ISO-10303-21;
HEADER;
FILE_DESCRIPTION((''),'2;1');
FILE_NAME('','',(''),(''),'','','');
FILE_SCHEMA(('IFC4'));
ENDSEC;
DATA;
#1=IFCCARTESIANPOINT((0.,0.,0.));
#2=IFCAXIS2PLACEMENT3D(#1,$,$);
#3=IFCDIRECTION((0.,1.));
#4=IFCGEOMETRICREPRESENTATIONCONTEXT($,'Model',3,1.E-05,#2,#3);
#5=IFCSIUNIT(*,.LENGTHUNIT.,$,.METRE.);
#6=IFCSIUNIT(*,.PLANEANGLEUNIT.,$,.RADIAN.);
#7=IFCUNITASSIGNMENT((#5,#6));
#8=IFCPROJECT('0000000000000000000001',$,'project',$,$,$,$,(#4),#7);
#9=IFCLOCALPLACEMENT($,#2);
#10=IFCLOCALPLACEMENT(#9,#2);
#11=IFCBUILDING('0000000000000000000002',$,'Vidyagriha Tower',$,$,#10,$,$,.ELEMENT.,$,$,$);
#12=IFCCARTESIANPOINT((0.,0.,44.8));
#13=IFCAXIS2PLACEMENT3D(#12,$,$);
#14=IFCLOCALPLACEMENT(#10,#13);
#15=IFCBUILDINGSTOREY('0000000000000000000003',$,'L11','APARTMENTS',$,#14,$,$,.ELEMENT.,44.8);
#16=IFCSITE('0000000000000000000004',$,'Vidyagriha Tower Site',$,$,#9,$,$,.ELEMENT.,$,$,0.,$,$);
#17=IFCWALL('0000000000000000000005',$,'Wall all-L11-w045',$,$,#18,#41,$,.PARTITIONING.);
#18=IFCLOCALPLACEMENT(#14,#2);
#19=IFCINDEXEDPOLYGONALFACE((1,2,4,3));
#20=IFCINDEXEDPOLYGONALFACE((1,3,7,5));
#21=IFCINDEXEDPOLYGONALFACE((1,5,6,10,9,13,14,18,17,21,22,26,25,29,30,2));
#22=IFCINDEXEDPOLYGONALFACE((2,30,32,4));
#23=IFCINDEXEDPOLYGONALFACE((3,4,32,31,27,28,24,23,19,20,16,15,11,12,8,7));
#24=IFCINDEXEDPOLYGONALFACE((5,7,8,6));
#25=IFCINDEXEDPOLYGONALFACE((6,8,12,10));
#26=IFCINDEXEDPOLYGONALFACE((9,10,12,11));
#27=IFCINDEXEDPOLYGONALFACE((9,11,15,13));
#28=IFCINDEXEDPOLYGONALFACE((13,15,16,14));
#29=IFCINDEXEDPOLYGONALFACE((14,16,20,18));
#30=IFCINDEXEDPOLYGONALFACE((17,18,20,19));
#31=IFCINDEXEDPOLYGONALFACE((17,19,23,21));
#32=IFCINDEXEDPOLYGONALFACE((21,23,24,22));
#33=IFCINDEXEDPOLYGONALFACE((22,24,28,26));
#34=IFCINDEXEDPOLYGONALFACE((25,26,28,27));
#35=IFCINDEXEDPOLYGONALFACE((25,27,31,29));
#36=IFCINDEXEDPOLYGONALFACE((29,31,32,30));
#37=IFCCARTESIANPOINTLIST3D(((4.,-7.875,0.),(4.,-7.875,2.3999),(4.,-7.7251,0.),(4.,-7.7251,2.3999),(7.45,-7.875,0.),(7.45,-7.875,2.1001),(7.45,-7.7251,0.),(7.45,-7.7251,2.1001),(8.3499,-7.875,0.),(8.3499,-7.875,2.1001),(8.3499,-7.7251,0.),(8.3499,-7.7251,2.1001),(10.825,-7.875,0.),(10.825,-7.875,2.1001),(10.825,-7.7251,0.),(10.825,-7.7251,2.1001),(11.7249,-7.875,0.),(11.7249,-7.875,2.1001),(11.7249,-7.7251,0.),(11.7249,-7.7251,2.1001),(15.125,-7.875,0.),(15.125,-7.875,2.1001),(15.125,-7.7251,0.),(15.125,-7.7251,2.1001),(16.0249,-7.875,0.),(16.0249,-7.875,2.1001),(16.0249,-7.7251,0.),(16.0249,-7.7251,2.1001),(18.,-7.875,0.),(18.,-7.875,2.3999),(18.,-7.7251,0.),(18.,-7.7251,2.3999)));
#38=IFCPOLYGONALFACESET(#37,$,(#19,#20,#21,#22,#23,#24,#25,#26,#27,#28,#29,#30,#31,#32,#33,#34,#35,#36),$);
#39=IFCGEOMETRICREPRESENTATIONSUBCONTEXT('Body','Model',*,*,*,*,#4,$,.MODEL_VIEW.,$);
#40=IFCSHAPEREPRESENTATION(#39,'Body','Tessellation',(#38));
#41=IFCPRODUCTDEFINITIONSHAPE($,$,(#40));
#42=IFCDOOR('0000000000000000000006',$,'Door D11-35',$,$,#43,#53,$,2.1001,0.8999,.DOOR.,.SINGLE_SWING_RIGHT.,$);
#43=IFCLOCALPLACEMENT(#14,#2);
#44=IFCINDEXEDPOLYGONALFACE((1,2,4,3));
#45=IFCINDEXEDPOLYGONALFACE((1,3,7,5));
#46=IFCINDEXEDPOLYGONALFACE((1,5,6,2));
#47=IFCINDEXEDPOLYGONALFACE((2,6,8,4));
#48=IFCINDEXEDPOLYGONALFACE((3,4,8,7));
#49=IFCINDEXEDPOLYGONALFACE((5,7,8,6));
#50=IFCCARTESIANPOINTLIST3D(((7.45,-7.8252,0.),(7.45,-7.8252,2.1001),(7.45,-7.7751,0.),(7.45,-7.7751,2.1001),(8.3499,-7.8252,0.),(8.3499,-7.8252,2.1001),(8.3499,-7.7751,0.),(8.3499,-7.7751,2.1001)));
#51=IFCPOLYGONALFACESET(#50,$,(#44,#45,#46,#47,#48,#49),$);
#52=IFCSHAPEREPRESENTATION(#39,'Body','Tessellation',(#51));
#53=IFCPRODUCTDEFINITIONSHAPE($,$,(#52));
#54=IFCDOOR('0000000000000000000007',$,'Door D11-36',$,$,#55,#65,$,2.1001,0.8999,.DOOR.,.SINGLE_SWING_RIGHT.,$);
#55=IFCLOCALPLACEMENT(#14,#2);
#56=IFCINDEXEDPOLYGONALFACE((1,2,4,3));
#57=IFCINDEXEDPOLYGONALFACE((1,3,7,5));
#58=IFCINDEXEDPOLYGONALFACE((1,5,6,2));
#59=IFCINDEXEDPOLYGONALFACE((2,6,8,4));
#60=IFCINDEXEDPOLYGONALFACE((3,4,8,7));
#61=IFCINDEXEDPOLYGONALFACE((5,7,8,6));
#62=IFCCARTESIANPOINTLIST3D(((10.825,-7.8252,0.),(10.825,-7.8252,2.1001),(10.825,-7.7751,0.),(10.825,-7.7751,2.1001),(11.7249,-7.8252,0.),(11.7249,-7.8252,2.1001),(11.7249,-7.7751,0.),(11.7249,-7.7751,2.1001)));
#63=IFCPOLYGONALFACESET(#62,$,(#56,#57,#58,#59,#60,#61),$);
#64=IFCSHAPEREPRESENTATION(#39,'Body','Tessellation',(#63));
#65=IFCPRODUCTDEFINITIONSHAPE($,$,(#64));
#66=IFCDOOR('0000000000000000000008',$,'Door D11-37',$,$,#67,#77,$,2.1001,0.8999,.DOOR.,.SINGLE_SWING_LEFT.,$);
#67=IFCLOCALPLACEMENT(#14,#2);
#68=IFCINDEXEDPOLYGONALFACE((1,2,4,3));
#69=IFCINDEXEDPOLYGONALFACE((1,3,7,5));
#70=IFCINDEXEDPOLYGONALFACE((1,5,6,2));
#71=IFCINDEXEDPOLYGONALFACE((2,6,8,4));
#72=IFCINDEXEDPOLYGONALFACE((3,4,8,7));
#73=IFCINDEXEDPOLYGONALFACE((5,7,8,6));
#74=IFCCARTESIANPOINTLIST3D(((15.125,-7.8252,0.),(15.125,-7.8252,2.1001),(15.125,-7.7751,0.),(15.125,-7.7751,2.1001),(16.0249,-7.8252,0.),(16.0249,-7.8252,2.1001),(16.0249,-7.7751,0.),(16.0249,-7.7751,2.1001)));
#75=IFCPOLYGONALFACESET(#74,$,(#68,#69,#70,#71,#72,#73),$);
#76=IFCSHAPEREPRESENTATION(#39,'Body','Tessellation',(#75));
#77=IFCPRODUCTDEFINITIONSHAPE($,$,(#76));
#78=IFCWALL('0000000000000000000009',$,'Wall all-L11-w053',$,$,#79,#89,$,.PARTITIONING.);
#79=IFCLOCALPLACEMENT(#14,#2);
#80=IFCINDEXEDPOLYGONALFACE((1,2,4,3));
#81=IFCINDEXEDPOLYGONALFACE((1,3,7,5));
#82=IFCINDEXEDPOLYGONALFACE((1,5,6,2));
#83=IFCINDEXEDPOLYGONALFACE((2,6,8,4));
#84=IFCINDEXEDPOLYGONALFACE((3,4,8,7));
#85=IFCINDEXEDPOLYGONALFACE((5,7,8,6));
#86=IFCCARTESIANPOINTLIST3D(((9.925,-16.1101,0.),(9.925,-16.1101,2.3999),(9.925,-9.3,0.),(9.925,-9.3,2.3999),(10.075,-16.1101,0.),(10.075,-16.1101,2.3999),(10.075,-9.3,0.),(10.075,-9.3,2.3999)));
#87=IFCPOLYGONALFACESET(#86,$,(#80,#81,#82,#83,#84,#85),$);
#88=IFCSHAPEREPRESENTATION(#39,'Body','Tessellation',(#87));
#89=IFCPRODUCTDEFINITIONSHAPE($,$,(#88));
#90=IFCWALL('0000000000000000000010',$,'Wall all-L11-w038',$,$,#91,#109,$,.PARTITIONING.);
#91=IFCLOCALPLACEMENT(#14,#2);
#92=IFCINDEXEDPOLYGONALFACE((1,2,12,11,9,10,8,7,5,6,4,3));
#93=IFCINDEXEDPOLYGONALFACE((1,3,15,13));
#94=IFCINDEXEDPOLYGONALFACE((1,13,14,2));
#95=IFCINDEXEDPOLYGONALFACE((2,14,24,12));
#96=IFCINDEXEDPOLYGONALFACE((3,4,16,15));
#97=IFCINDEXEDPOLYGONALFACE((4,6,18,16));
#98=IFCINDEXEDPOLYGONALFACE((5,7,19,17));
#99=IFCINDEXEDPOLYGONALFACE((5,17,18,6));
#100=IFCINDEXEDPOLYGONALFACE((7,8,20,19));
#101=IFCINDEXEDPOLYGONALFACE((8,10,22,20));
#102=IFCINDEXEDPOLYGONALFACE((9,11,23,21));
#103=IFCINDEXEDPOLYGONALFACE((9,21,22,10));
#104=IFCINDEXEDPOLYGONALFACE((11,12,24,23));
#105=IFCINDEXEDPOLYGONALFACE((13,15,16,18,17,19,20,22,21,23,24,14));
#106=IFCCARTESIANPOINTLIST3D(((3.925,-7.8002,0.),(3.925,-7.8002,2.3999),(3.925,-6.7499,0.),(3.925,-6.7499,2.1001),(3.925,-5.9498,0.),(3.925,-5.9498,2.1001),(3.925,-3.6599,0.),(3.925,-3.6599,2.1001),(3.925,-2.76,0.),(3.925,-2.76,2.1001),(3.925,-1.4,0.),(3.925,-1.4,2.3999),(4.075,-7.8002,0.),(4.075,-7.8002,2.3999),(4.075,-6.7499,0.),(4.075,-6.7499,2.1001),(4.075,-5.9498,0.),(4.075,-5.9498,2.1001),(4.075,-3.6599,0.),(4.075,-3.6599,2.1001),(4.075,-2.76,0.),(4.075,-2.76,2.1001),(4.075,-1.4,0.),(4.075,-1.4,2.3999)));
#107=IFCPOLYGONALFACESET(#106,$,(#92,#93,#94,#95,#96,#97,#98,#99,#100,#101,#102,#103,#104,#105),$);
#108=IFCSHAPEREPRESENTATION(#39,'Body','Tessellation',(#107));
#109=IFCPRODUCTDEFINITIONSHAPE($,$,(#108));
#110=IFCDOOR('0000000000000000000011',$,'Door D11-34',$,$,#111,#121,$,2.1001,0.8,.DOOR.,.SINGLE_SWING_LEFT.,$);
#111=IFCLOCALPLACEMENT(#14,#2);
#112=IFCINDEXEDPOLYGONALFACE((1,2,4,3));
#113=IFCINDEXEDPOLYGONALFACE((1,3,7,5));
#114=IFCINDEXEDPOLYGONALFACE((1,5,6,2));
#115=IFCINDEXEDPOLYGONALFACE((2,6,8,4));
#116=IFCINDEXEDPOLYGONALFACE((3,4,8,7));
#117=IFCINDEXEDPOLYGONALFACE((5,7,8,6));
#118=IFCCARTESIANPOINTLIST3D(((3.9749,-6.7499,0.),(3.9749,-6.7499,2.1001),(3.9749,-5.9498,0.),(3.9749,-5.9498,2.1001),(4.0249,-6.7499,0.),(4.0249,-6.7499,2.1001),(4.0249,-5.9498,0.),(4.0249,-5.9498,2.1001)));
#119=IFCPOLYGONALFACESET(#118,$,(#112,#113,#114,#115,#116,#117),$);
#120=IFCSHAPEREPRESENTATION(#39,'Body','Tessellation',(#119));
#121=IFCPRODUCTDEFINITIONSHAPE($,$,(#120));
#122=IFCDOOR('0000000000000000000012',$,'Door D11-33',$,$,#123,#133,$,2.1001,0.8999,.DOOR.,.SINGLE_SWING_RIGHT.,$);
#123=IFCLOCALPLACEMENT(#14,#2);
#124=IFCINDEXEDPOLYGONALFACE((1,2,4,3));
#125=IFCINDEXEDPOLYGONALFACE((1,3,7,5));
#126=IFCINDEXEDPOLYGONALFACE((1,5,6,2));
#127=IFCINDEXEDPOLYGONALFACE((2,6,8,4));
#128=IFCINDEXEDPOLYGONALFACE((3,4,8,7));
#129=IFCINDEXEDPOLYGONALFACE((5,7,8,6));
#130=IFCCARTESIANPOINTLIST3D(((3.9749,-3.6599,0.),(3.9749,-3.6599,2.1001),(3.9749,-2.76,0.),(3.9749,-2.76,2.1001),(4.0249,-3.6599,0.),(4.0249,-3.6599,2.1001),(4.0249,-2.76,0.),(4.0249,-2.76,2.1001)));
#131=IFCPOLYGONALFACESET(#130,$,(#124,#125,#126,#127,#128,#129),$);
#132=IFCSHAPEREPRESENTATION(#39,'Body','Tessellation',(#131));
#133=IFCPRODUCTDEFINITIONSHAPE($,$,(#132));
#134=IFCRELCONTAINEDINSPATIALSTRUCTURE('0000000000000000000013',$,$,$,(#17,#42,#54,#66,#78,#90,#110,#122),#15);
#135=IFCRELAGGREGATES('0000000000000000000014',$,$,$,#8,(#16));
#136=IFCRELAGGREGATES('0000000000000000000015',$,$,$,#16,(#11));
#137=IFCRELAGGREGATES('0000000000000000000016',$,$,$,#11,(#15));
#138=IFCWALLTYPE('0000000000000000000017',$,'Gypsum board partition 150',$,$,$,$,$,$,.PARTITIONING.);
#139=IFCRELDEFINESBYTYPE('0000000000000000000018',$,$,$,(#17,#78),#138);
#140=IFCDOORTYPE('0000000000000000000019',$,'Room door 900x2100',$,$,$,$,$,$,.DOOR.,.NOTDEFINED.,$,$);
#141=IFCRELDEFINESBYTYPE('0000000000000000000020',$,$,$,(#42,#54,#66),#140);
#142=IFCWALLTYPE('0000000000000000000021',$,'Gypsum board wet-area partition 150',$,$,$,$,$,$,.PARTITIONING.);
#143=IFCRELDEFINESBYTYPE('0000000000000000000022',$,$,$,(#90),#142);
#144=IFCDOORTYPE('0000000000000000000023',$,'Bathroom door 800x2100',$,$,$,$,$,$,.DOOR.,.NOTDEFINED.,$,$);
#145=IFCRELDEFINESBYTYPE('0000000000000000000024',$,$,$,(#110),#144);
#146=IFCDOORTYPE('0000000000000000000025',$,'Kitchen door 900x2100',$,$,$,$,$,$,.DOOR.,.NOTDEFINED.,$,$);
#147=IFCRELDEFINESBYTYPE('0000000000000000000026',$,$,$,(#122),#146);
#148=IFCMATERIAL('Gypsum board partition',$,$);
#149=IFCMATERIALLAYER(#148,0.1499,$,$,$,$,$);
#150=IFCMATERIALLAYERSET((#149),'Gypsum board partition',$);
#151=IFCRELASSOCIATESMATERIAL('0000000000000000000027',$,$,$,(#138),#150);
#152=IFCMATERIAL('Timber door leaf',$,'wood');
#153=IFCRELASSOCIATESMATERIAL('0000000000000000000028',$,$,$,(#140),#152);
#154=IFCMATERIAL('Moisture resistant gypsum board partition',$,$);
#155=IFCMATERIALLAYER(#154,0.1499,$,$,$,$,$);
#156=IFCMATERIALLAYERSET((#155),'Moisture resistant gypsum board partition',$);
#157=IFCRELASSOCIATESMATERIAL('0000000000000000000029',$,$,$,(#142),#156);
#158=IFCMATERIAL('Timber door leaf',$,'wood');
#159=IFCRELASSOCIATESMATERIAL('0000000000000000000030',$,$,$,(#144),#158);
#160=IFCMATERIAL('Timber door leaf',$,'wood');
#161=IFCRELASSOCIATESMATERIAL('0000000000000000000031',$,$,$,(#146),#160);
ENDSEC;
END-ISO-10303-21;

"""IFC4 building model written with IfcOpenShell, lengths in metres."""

from ifc_helpers import new_model, si_unit, direction, frame, frame_2d, origin, place, context, subcontext, project, spatial, rectangle, extrude, material, layer, layer_set, type_object, element, fill, save


model = new_model("IFC4")

# Units and contexts
model_context = context("Model", 3, precision=1e-05, world=origin(), true_north=direction((0.0, 1.0)))
body_context = subcontext(model_context, "Body", "Model", "MODEL_VIEW")
ifc_project = project(units=[si_unit("LENGTHUNIT", "METRE"), si_unit("PLANEANGLEUNIT", "RADIAN")], contexts=[model_context])

# Site, building, storey
site_placement = place(None, origin())
site = spatial("IfcSite", under=ifc_project, at=site_placement, Name="Vidyagriha Tower Site", CompositionType="ELEMENT", RefElevation=0.0)
building_placement = place(site_placement, origin())
building = spatial("IfcBuilding", under=site, at=building_placement, Name="Vidyagriha Tower", CompositionType="ELEMENT")
storey_placement = place(building_placement, frame((0.0, 0.0, 44.8)))
storey = spatial("IfcBuildingStorey", under=building, at=storey_placement, Name="L11", Description="APARTMENTS", CompositionType="ELEMENT", Elevation=44.8)

# Shared definitions
ifc_material_1 = material(Name="Gypsum board partition")
ifc_layer_1 = layer(ifc_material_1, 0.1499)
ifc_layer_set_1 = layer_set([ifc_layer_1], Name="Gypsum board partition")
wall_type_1 = type_object("IfcWallType", Name="Gypsum board partition 150", PredefinedType="PARTITIONING", material=ifc_layer_set_1)

# Shared definitions
ifc_material_2 = material(Name="Timber door leaf", Category="wood")
door_type_1 = type_object("IfcDoorType", Name="Room door 900x2100", OperationType="NOTDEFINED", PredefinedType="DOOR", material=ifc_material_2)

# Wall, openings, doors
wall_1_placement = place(storey_placement, frame((4.0, -7.8, 0.0)))
wall_1 = element("IfcWall", 1, at=wall_1_placement, inside=storey, type_object=wall_type_1, Name="Wall all-L11-w045", PredefinedType="PARTITIONING", context=body_context, shape_type="SweptSolid", body=[
    extrude(rectangle(XDim=14.0, YDim=0.1499, at=frame_2d((7.0, 0.0))), origin(), (0.0, 0.0, 1.0), 2.3999),
])
opening_1_placement = place(wall_1_placement, frame((3.45, 0.0, 0.0)))
opening_1 = element("IfcOpeningElement", 2, at=opening_1_placement, cuts=wall_1, PredefinedType="OPENING", context=body_context, shape_type="SweptSolid", body=[
    extrude(rectangle(XDim=0.8999, YDim=2.1001, at=frame_2d((0.45, 1.05))), frame((0.0, 0.085, 0.0), z_axis=(0.0, -1.0, 0.0), x_axis=(1.0, 0.0, 0.0)), (0.0, 0.0, 1.0), 0.1699),
])
opening_2_placement = place(wall_1_placement, frame((6.825, 0.0, 0.0)))
opening_2 = element("IfcOpeningElement", 3, at=opening_2_placement, cuts=wall_1, PredefinedType="OPENING", context=body_context, shape_type="SweptSolid", body=[
    extrude(rectangle(XDim=0.8999, YDim=2.1001, at=frame_2d((0.45, 1.05))), frame((0.0, 0.085, 0.0), z_axis=(0.0, -1.0, 0.0), x_axis=(1.0, 0.0, 0.0)), (0.0, 0.0, 1.0), 0.1699),
])
opening_3_placement = place(wall_1_placement, frame((11.125, 0.0, 0.0)))
opening_3 = element("IfcOpeningElement", 4, at=opening_3_placement, cuts=wall_1, PredefinedType="OPENING", context=body_context, shape_type="SweptSolid", body=[
    extrude(rectangle(XDim=0.8999, YDim=2.1001, at=frame_2d((0.45, 1.05))), frame((0.0, 0.085, 0.0), z_axis=(0.0, -1.0, 0.0), x_axis=(1.0, 0.0, 0.0)), (0.0, 0.0, 1.0), 0.1699),
])
door_1_placement = place(opening_1_placement, origin())
door_1 = element("IfcDoor", 5, at=door_1_placement, inside=storey, type_object=door_type_1, Name="Door D11-35", OperationType="SINGLE_SWING_RIGHT", OverallHeight=2.1001, OverallWidth=0.8999, PredefinedType="DOOR", context=body_context, shape_type="SweptSolid", body=[
    extrude(rectangle(XDim=0.8999, YDim=2.1001, at=frame_2d((0.45, 1.05))), frame((0.0, 0.0249, 0.0), z_axis=(0.0, -1.0, 0.0), x_axis=(1.0, 0.0, 0.0)), (0.0, 0.0, 1.0), 0.05),
])
fill(opening_1, door_1)
door_2_placement = place(opening_2_placement, origin())
door_2 = element("IfcDoor", 6, at=door_2_placement, inside=storey, type_object=door_type_1, Name="Door D11-36", OperationType="SINGLE_SWING_RIGHT", OverallHeight=2.1001, OverallWidth=0.8999, PredefinedType="DOOR", context=body_context, shape_type="SweptSolid", body=[
    extrude(rectangle(XDim=0.8999, YDim=2.1001, at=frame_2d((0.45, 1.05))), frame((0.0, 0.0249, 0.0), z_axis=(0.0, -1.0, 0.0), x_axis=(1.0, 0.0, 0.0)), (0.0, 0.0, 1.0), 0.05),
])
fill(opening_2, door_2)
door_3_placement = place(opening_3_placement, origin())
door_3 = element("IfcDoor", 7, at=door_3_placement, inside=storey, type_object=door_type_1, Name="Door D11-37", OperationType="SINGLE_SWING_LEFT", OverallHeight=2.1001, OverallWidth=0.8999, PredefinedType="DOOR", context=body_context, shape_type="SweptSolid", body=[
    extrude(rectangle(XDim=0.8999, YDim=2.1001, at=frame_2d((0.45, 1.05))), frame((0.0, 0.0249, 0.0), z_axis=(0.0, -1.0, 0.0), x_axis=(1.0, 0.0, 0.0)), (0.0, 0.0, 1.0), 0.05),
])
fill(opening_3, door_3)

# Wall
wall_2_placement = place(storey_placement, frame((10.0, -9.3, 0.0), z_axis=(0.0, 0.0, 1.0), x_axis=(0.0, -1.0, 0.0)))
element("IfcWall", 8, at=wall_2_placement, inside=storey, type_object=wall_type_1, Name="Wall all-L11-w053", PredefinedType="PARTITIONING", context=body_context, shape_type="SweptSolid", body=[
    extrude(rectangle(XDim=6.8101, YDim=0.1499, at=frame_2d((3.405, 0.0))), origin(), (0.0, 0.0, 1.0), 2.3999),
])

# Wall, openings, doors
ifc_material_3 = material(Name="Moisture resistant gypsum board partition")
ifc_layer_2 = layer(ifc_material_3, 0.1499)
ifc_layer_set_2 = layer_set([ifc_layer_2], Name="Moisture resistant gypsum board partition")
wall_type_2 = type_object("IfcWallType", Name="Gypsum board wet-area partition 150", PredefinedType="PARTITIONING", material=ifc_layer_set_2)
wall_3_placement = place(storey_placement, frame((4.0, -1.3999, 0.0), z_axis=(0.0, 0.0, 1.0), x_axis=(0.0, -1.0, 0.0)))
wall_3 = element("IfcWall", 9, at=wall_3_placement, inside=storey, type_object=wall_type_2, Name="Wall all-L11-w038", PredefinedType="PARTITIONING", context=body_context, shape_type="SweptSolid", body=[
    extrude(rectangle(XDim=6.4001, YDim=0.1499, at=frame_2d((3.2002, 0.0))), origin(), (0.0, 0.0, 1.0), 2.3999),
])
opening_4_placement = place(wall_3_placement, frame((1.3601, 0.0, 0.0)))
opening_4 = element("IfcOpeningElement", 10, at=opening_4_placement, cuts=wall_3, PredefinedType="OPENING", context=body_context, shape_type="SweptSolid", body=[
    extrude(rectangle(XDim=0.8999, YDim=2.1001, at=frame_2d((0.45, 1.05))), frame((0.0, 0.085, 0.0), z_axis=(0.0, -1.0, 0.0), x_axis=(1.0, 0.0, 0.0)), (0.0, 0.0, 1.0), 0.1699),
])
opening_5_placement = place(wall_3_placement, frame((4.55, 0.0, 0.0)))
opening_5 = element("IfcOpeningElement", 11, at=opening_5_placement, cuts=wall_3, PredefinedType="OPENING", context=body_context, shape_type="SweptSolid", body=[
    extrude(rectangle(XDim=0.8, YDim=2.1001, at=frame_2d((0.3999, 1.05))), frame((0.0, 0.085, 0.0), z_axis=(0.0, -1.0, 0.0), x_axis=(1.0, 0.0, 0.0)), (0.0, 0.0, 1.0), 0.1699),
])
ifc_material_4 = material(Name="Timber door leaf", Category="wood")
door_type_2 = type_object("IfcDoorType", Name="Bathroom door 800x2100", OperationType="NOTDEFINED", PredefinedType="DOOR", material=ifc_material_4)
door_4_placement = place(opening_5_placement, origin())
door_4 = element("IfcDoor", 12, at=door_4_placement, inside=storey, type_object=door_type_2, Name="Door D11-34", OperationType="SINGLE_SWING_LEFT", OverallHeight=2.1001, OverallWidth=0.8, PredefinedType="DOOR", context=body_context, shape_type="SweptSolid", body=[
    extrude(rectangle(XDim=0.8, YDim=2.1001, at=frame_2d((0.3999, 1.05))), frame((0.0, 0.0249, 0.0), z_axis=(0.0, -1.0, 0.0), x_axis=(1.0, 0.0, 0.0)), (0.0, 0.0, 1.0), 0.05),
])
fill(opening_5, door_4)
ifc_material_5 = material(Name="Timber door leaf", Category="wood")
door_type_3 = type_object("IfcDoorType", Name="Kitchen door 900x2100", OperationType="NOTDEFINED", PredefinedType="DOOR", material=ifc_material_5)
door_5_placement = place(opening_4_placement, origin())
door_5 = element("IfcDoor", 13, at=door_5_placement, inside=storey, type_object=door_type_3, Name="Door D11-33", OperationType="SINGLE_SWING_RIGHT", OverallHeight=2.1001, OverallWidth=0.8999, PredefinedType="DOOR", context=body_context, shape_type="SweptSolid", body=[
    extrude(rectangle(XDim=0.8999, YDim=2.1001, at=frame_2d((0.45, 1.05))), frame((0.0, 0.0249, 0.0), z_axis=(0.0, -1.0, 0.0), x_axis=(1.0, 0.0, 0.0)), (0.0, 0.0, 1.0), 0.05),
])
fill(opening_4, door_5)

save(model, "model.ifc")
